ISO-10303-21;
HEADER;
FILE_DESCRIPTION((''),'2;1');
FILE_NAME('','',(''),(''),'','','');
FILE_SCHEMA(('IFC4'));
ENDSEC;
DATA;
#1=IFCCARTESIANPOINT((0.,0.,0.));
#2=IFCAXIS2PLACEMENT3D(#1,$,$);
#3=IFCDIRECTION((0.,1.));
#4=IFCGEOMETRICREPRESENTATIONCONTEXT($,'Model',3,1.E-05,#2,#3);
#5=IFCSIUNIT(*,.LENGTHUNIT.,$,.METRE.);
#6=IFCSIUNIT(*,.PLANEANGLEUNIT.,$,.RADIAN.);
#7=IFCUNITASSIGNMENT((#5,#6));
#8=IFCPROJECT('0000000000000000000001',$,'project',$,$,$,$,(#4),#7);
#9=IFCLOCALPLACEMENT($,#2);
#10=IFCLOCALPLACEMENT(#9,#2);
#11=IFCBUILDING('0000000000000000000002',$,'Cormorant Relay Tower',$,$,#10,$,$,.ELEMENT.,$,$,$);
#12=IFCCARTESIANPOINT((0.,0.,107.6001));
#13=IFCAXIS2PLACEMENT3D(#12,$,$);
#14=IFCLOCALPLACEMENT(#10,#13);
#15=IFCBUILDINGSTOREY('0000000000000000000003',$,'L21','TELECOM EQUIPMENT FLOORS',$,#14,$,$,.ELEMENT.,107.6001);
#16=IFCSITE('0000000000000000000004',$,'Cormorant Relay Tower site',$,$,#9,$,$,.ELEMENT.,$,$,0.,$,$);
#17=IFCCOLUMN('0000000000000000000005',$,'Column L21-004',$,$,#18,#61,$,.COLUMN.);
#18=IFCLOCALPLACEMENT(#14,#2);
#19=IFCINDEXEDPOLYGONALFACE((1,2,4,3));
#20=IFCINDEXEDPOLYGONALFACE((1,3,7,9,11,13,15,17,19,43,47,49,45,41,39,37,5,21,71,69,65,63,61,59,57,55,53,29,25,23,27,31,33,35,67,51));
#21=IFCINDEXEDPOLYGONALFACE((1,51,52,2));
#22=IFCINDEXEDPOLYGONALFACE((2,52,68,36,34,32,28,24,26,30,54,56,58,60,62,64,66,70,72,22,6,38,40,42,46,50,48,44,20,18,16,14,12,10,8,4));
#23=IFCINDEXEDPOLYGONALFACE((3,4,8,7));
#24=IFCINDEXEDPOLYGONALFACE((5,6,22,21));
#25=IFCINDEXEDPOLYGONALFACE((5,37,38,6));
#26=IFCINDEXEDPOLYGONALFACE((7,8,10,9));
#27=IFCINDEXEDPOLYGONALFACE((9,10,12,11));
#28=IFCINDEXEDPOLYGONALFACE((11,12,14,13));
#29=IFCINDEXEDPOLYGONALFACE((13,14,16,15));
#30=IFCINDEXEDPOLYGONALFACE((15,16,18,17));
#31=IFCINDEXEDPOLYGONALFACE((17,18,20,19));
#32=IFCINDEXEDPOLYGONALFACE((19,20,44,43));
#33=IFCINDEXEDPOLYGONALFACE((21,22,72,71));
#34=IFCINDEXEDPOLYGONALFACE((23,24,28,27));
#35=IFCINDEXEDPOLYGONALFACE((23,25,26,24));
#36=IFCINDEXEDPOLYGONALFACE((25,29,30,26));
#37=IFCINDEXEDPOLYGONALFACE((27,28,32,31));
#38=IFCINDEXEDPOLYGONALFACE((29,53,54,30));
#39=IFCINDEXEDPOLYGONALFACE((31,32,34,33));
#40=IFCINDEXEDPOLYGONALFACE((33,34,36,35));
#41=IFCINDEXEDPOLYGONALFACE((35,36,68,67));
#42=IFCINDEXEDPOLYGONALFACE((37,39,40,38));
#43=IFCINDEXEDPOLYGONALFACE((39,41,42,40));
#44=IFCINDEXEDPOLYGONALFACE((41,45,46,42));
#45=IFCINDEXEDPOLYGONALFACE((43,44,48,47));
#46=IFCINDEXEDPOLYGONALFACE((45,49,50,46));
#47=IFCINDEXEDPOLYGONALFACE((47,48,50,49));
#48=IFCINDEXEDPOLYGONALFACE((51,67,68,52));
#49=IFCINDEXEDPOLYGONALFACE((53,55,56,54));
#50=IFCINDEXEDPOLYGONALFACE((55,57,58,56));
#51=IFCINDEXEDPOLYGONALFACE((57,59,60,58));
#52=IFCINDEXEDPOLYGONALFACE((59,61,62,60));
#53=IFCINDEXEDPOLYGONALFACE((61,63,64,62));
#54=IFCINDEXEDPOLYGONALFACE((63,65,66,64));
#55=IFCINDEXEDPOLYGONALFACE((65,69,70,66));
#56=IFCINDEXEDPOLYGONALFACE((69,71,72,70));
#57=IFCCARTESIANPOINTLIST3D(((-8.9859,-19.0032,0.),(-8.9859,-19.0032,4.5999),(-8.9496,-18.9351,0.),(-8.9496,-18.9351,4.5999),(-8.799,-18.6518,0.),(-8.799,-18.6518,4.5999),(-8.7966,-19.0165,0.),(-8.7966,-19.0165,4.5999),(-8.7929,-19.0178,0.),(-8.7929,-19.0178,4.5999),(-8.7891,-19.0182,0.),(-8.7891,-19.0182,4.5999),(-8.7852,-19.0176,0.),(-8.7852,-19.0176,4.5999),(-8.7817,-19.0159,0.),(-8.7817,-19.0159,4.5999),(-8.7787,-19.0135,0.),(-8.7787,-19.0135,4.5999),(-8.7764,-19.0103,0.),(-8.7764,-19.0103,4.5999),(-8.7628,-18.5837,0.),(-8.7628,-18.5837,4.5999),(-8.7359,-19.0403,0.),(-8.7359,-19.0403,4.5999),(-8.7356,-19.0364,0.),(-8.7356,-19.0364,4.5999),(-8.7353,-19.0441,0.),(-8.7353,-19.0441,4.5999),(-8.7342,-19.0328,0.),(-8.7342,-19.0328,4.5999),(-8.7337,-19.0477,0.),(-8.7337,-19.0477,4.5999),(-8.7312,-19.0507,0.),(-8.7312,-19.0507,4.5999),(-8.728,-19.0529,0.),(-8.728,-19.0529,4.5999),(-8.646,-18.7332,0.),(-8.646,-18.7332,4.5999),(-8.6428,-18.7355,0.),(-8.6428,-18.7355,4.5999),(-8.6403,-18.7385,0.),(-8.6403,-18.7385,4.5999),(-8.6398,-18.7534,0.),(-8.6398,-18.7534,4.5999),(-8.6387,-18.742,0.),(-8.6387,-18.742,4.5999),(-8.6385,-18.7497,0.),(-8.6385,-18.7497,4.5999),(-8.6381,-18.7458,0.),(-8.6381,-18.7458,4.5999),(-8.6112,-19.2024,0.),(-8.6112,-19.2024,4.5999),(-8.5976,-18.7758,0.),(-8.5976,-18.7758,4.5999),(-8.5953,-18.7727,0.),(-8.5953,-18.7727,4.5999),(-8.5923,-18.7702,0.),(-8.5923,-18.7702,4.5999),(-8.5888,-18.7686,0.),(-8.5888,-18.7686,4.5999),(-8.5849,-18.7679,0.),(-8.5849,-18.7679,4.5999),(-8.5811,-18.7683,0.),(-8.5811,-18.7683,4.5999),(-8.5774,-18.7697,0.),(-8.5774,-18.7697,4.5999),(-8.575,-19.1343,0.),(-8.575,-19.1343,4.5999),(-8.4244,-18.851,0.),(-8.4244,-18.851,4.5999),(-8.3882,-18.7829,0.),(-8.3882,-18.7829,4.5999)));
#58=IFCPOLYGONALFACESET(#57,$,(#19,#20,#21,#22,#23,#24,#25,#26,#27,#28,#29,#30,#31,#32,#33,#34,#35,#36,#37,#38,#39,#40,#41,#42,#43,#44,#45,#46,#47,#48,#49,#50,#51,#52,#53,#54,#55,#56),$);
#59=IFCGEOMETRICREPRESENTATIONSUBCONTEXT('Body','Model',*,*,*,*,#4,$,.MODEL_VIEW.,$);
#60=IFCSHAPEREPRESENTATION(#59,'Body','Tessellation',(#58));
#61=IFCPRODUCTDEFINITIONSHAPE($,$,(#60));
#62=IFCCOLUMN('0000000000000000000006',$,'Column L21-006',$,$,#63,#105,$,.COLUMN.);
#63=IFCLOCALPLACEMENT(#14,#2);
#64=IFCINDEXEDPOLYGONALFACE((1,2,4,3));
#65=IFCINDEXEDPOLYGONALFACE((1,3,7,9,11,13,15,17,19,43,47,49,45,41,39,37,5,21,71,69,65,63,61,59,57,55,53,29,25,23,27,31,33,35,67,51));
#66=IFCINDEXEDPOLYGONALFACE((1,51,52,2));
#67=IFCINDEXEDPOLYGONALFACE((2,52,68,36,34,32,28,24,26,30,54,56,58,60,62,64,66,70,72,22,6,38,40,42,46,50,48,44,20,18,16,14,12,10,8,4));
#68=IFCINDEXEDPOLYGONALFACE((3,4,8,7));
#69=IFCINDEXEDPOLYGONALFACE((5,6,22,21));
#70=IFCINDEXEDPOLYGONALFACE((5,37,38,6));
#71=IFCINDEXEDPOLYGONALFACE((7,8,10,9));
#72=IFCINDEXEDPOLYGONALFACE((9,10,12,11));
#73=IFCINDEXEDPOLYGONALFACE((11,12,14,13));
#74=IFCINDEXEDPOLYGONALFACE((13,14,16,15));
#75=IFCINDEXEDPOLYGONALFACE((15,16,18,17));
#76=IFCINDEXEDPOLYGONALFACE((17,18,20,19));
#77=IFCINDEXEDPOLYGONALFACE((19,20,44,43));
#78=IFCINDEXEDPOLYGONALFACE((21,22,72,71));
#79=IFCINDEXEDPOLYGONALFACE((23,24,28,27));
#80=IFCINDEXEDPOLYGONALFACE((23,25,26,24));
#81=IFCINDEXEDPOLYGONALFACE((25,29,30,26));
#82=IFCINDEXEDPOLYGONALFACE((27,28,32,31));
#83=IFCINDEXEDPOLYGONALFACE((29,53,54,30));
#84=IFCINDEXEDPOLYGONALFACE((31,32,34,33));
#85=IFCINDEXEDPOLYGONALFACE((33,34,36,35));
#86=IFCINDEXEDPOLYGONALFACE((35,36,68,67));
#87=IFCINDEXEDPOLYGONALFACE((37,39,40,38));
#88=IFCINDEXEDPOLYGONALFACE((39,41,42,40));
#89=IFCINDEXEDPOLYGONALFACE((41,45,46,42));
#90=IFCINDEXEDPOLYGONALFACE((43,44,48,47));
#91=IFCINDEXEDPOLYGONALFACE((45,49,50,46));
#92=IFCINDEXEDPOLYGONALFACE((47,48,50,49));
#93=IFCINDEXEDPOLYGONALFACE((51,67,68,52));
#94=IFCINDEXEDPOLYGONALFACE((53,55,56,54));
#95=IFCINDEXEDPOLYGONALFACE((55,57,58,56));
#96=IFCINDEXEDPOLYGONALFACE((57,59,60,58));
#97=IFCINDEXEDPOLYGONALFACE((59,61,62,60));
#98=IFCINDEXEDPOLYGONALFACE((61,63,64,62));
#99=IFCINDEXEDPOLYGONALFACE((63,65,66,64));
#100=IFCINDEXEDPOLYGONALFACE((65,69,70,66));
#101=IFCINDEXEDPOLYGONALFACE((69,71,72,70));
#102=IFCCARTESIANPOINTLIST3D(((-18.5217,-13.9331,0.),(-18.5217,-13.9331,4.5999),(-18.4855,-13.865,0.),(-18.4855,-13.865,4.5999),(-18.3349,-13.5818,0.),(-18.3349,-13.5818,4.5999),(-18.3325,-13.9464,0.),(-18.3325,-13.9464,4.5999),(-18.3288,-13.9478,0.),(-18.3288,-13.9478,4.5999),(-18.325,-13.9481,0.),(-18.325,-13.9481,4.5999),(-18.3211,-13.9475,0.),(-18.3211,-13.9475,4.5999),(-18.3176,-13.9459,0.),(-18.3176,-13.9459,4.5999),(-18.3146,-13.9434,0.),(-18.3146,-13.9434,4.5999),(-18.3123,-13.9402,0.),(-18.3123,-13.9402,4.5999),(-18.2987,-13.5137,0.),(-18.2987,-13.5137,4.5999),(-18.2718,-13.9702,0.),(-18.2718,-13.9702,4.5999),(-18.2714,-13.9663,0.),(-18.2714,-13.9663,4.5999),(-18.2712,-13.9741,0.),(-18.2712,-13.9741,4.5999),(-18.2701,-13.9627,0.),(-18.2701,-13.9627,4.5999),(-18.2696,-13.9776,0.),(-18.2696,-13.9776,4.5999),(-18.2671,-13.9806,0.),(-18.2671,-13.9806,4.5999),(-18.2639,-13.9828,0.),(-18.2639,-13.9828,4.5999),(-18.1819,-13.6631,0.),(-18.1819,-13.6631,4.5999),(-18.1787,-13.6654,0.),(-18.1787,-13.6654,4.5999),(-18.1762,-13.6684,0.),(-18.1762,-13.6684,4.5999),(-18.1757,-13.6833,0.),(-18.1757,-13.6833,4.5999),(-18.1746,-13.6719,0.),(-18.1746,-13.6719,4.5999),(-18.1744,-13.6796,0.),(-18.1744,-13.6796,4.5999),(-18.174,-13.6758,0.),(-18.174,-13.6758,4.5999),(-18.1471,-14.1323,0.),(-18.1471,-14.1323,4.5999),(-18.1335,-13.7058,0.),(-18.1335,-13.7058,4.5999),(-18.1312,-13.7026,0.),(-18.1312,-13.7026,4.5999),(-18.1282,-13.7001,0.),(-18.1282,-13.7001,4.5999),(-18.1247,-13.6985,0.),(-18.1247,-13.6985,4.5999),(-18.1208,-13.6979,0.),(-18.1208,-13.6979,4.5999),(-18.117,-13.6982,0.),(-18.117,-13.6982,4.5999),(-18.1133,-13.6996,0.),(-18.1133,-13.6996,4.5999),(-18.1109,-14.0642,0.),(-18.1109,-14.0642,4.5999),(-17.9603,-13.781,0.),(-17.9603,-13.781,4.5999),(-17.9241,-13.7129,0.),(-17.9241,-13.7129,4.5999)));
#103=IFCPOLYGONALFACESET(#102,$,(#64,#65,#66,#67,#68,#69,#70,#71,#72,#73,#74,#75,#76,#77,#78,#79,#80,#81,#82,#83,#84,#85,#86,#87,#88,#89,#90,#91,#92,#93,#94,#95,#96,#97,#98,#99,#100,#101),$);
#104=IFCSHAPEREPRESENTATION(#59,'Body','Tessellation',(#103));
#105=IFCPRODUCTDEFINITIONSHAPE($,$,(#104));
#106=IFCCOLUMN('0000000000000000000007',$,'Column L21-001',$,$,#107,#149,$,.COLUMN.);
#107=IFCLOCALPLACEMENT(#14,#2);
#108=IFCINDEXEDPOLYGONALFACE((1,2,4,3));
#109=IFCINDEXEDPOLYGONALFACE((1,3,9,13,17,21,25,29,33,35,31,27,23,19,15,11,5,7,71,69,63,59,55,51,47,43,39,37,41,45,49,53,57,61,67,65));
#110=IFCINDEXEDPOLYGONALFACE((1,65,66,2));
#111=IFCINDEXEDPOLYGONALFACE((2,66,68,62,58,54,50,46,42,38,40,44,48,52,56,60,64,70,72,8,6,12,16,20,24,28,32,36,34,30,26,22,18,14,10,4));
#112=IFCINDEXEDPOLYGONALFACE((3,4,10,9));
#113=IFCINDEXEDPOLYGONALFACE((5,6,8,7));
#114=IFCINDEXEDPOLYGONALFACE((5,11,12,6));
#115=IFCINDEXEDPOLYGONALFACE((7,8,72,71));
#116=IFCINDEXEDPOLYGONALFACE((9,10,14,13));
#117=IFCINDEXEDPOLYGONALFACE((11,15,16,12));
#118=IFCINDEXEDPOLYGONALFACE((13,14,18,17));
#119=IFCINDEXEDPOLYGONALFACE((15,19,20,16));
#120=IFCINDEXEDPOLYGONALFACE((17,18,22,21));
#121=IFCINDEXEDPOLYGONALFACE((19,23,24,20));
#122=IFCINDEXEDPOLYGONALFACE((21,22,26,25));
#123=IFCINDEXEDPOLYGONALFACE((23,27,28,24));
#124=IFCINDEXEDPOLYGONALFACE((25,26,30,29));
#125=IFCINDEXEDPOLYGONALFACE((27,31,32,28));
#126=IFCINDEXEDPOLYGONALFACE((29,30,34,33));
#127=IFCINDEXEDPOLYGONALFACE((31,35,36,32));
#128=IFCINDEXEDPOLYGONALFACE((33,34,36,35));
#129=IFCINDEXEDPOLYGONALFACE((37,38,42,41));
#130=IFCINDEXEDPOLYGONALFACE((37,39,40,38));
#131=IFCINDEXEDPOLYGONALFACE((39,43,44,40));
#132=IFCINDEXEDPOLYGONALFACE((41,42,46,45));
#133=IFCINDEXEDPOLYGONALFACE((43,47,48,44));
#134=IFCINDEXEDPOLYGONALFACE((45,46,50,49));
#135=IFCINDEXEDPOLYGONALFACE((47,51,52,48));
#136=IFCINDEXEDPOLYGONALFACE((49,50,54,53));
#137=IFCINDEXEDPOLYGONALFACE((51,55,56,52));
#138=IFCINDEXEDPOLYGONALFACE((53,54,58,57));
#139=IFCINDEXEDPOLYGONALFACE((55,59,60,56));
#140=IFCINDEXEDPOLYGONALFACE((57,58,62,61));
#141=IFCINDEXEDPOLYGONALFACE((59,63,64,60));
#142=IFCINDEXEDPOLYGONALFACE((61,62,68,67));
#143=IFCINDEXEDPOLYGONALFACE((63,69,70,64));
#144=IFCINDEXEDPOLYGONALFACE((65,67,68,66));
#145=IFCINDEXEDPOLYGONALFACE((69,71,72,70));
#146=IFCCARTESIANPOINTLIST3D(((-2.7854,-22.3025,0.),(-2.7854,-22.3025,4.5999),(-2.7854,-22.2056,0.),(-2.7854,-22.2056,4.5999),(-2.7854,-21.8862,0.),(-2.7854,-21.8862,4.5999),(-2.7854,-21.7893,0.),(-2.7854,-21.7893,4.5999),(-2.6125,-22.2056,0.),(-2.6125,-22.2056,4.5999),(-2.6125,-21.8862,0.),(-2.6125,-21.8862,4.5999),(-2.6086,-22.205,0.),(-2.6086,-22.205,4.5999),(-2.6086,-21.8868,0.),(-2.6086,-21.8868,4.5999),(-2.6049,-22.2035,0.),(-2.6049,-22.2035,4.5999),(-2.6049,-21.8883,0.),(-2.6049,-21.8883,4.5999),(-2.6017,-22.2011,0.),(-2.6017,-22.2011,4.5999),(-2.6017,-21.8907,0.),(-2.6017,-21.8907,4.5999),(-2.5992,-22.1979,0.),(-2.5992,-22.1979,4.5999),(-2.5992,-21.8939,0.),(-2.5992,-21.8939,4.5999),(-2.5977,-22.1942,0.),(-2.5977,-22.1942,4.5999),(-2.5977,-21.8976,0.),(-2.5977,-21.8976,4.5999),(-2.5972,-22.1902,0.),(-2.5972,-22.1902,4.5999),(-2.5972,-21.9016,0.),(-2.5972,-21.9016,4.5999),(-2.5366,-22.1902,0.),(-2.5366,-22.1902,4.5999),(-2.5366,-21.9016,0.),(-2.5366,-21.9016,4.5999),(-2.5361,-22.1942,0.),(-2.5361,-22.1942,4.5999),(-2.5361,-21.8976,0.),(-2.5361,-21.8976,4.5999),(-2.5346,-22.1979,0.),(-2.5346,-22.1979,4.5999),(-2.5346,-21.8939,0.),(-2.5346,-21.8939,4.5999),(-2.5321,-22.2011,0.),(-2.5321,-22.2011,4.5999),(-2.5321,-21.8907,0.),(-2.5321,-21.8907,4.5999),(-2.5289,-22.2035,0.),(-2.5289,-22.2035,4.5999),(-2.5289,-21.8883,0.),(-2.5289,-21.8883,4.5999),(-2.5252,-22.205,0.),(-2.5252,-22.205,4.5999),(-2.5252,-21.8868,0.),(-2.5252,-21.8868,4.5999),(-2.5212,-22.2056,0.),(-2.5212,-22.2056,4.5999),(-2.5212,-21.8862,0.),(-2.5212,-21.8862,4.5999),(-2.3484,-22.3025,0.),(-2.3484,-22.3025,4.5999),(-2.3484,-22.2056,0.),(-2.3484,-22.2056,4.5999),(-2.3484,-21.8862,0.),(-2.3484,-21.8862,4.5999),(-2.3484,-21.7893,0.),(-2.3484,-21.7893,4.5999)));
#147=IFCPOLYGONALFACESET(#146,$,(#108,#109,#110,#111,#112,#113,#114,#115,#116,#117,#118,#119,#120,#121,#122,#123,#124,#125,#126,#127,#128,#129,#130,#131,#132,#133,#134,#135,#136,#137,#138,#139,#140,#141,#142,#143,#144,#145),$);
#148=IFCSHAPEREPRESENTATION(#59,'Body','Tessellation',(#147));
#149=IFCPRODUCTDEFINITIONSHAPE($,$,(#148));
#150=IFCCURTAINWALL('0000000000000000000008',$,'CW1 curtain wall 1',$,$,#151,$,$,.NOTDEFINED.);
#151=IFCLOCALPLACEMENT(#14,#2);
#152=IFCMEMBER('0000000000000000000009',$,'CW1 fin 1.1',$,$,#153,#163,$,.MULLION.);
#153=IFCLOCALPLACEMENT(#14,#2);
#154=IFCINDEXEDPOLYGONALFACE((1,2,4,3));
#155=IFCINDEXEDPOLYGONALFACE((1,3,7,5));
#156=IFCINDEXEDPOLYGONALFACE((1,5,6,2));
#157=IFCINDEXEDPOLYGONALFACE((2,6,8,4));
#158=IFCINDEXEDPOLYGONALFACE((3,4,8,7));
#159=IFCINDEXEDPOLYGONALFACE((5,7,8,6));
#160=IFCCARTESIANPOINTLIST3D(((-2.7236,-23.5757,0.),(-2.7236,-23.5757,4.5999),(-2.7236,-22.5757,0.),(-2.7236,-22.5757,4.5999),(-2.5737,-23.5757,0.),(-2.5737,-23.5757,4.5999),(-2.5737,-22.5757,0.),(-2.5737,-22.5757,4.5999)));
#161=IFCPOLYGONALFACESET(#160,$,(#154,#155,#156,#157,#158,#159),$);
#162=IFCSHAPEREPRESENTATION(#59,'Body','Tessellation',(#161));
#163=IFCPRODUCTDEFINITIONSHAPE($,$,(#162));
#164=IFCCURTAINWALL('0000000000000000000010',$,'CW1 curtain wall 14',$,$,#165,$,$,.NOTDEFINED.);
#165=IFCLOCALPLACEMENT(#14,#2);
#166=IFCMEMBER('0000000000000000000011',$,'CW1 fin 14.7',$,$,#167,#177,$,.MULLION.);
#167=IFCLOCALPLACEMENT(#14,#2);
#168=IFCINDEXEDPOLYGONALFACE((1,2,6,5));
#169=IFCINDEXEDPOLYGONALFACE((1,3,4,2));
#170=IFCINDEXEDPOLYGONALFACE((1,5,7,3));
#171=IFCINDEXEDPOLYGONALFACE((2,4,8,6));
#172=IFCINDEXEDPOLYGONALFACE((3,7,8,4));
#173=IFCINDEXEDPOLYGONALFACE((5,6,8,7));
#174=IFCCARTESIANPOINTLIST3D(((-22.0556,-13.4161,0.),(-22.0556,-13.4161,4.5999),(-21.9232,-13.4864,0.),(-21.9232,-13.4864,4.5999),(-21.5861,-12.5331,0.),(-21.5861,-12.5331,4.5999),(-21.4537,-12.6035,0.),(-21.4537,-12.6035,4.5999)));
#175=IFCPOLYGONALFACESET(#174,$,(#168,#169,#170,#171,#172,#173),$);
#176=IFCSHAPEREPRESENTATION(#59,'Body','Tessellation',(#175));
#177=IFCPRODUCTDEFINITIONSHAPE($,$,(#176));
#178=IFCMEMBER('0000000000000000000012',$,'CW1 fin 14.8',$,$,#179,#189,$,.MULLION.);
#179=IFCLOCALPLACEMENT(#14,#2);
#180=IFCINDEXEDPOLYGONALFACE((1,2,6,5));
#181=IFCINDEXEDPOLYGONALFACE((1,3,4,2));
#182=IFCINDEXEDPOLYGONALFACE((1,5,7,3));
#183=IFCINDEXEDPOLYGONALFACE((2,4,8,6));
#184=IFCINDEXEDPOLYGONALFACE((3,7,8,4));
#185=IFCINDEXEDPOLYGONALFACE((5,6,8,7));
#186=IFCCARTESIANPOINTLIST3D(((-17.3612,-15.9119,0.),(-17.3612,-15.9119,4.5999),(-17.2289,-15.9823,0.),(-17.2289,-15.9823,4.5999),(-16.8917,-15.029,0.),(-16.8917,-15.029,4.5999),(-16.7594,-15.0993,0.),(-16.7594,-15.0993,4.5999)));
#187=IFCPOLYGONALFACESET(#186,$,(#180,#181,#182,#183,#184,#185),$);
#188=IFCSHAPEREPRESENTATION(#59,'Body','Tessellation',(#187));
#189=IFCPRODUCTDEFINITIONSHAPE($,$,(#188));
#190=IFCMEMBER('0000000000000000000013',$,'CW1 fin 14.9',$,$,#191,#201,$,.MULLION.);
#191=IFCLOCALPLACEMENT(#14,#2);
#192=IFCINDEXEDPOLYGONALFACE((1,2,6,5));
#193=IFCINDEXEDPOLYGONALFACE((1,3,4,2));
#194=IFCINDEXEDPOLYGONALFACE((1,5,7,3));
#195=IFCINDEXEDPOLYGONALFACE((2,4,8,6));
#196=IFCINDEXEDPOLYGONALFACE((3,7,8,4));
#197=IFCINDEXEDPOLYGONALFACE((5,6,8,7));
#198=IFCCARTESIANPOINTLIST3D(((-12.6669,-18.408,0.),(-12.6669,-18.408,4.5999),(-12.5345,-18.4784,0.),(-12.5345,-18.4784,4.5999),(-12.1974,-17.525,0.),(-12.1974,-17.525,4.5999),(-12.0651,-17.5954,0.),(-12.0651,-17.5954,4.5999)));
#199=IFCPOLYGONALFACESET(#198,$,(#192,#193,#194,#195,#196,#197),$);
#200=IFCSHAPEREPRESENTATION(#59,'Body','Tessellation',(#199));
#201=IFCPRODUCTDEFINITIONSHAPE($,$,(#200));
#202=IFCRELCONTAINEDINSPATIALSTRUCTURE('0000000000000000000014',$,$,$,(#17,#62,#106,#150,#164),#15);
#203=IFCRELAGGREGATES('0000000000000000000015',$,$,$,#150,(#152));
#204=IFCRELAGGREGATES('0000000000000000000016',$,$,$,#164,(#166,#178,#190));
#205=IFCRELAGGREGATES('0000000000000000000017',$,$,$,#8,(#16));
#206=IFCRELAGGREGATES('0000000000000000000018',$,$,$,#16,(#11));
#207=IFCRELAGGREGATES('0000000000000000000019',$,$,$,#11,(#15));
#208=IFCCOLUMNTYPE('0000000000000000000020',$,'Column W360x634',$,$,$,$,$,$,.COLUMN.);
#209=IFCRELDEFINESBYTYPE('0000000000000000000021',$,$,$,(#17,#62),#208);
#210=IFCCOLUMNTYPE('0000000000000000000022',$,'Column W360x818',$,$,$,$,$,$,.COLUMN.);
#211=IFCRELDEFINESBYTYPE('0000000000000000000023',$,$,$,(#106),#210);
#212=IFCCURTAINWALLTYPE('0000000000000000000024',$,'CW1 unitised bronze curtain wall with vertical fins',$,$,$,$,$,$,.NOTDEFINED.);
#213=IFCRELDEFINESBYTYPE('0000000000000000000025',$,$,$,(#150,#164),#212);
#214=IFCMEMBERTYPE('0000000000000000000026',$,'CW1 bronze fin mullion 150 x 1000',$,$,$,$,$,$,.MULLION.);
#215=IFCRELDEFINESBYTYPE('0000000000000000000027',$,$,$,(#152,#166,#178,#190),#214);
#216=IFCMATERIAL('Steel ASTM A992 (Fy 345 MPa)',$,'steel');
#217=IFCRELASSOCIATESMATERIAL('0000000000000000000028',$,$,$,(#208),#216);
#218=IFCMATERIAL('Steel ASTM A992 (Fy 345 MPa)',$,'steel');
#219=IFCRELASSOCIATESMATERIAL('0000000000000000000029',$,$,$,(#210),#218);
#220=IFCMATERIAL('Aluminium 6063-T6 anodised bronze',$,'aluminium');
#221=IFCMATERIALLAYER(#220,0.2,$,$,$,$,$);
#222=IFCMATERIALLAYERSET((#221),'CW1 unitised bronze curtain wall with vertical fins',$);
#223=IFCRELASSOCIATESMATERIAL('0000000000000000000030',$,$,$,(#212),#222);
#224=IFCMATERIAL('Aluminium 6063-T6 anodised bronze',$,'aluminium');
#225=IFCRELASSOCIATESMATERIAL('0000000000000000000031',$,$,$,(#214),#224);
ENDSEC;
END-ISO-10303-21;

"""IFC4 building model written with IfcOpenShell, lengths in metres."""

from ifc_helpers import new_model, si_unit, direction, frame, origin, origin_2d, place, context, subcontext, project, spatial, rectangle, i_section, extrude, material, layer, layer_set, material_profile, profile_set, type_object, element, aggregate, save


model = new_model("IFC4")

# Units and contexts
model_context = context("Model", 3, precision=1e-05, world=origin(), true_north=direction((0.0, 1.0)))
body_context = subcontext(model_context, "Body", "Model", "MODEL_VIEW")
ifc_project = project(units=[si_unit("LENGTHUNIT", "METRE"), si_unit("PLANEANGLEUNIT", "RADIAN")], contexts=[model_context])

# Site, building, storey
site_placement = place(None, origin())
site = spatial("IfcSite", under=ifc_project, at=site_placement, Name="Cormorant Relay Tower site", CompositionType="ELEMENT", RefElevation=0.0)
building_placement = place(site_placement, origin())
building = spatial("IfcBuilding", under=site, at=building_placement, Name="Cormorant Relay Tower", CompositionType="ELEMENT")
storey_placement = place(building_placement, frame((0.0, 0.0, 107.6001)))
storey = spatial("IfcBuildingStorey", under=building, at=storey_placement, Name="L21", Description="TELECOM EQUIPMENT FLOORS", CompositionType="ELEMENT", Elevation=107.6001)

# Columns
ifc_material_1 = material(Name="Steel ASTM A992 (Fy 345 MPa)", Category="steel")
ifc_material_profile_1 = material_profile(ifc_material_1, i_section(OverallWidth=0.4243, OverallDepth=0.4751, WebThickness=0.0479, FlangeThickness=0.0771, FilletRadius=0.0149, at=origin_2d()), Name="W360x634")
ifc_profile_set_1 = profile_set([ifc_material_profile_1], Name="Steel ASTM A992 (Fy 345 MPa)")
column_type_1 = type_object("IfcColumnType", Name="Column W360x634", PredefinedType="COLUMN", material=ifc_profile_set_1)
for number, where, z_axis, x_axis, name in (
    (1, (-8.687, -18.8931, 0.0), (0.0, 0.0, 1.0), (0.882948, -0.469472, 0.0), "Column L21-004"),
    (2, (-18.2229, -13.823, 0.0), (0.0, 0.0, 1.0), (0.882948, -0.469472, 0.0), "Column L21-006"),
):
    element("IfcColumn", number, at=place(storey_placement, frame(where, z_axis=z_axis, x_axis=x_axis)), inside=storey, type_object=column_type_1, Name=name, PredefinedType="COLUMN", context=body_context, shape_type="SweptSolid", body=[
        extrude(i_section(OverallWidth=0.4243, OverallDepth=0.4751, WebThickness=0.0479, FlangeThickness=0.0771, FilletRadius=0.0149, at=origin_2d()), origin(), (0.0, 0.0, 1.0), 4.5999),
    ])
ifc_material_2 = material(Name="Steel ASTM A992 (Fy 345 MPa)", Category="steel")
ifc_material_profile_2 = material_profile(ifc_material_2, i_section(OverallWidth=0.437, OverallDepth=0.5132, WebThickness=0.0605, FlangeThickness=0.0969, FilletRadius=0.0154, at=origin_2d()), Name="W360x818")
ifc_profile_set_2 = profile_set([ifc_material_profile_2], Name="Steel ASTM A992 (Fy 345 MPa)")
column_type_2 = type_object("IfcColumnType", Name="Column W360x818", PredefinedType="COLUMN", material=ifc_profile_set_2)
column_placement = place(storey_placement, frame((-2.5669, -22.0459, 0.0), z_axis=(0.0, 0.0, 1.0), x_axis=(1.0, 0.0, 0.0)))
element("IfcColumn", 3, at=column_placement, inside=storey, type_object=column_type_2, Name="Column L21-001", PredefinedType="COLUMN", context=body_context, shape_type="SweptSolid", body=[
    extrude(i_section(OverallWidth=0.437, OverallDepth=0.5132, WebThickness=0.0605, FlangeThickness=0.0969, FilletRadius=0.0154, at=origin_2d()), origin(), (0.0, 0.0, 1.0), 4.5999),
])

# Curtain wall, member
ifc_material_3 = material(Name="Aluminium 6063-T6 anodised bronze", Category="aluminium")
ifc_layer_1 = layer(ifc_material_3, 0.2)
ifc_layer_set_1 = layer_set([ifc_layer_1], Name="CW1 unitised bronze curtain wall with vertical fins")
curtain_wall_type = type_object("IfcCurtainWallType", Name="CW1 unitised bronze curtain wall with vertical fins", PredefinedType="NOTDEFINED", material=ifc_layer_set_1)
curtain_wall_1_placement = place(storey_placement, origin())
curtain_wall_1 = element("IfcCurtainWall", 4, at=curtain_wall_1_placement, inside=storey, type_object=curtain_wall_type, Name="CW1 curtain wall 1", PredefinedType="NOTDEFINED")
ifc_material_4 = material(Name="Aluminium 6063-T6 anodised bronze", Category="aluminium")
ifc_material_profile_3 = material_profile(ifc_material_4, rectangle(XDim=0.1499, YDim=1.0, at=origin_2d()), Name="AL 150x1000")
ifc_profile_set_3 = profile_set([ifc_material_profile_3], Name="Aluminium 6063-T6 anodised bronze")
member_type_1 = type_object("IfcMemberType", Name="CW1 bronze fin mullion 150 x 1000", PredefinedType="MULLION", material=ifc_profile_set_3)
member_1_placement = place(storey_placement, frame((-2.6487, -23.0757, 0.0), z_axis=(0.0, 0.0, 1.0), x_axis=(1.0, 0.0, 0.0)))
member_1 = element("IfcMember", 5, at=member_1_placement, type_object=member_type_1, Name="CW1 fin 1.1", PredefinedType="MULLION", context=body_context, shape_type="SweptSolid", body=[
    extrude(rectangle(XDim=0.1499, YDim=1.0, at=origin_2d()), origin(), (0.0, 0.0, 1.0), 4.5999),
])

# Curtain wall, members
curtain_wall_2_placement = place(storey_placement, origin())
curtain_wall_2 = element("IfcCurtainWall", 6, at=curtain_wall_2_placement, inside=storey, type_object=curtain_wall_type, Name="CW1 curtain wall 14", PredefinedType="NOTDEFINED")
member_2_placement = place(storey_placement, frame((-21.7546, -13.0098, 0.0), z_axis=(0.0, 0.0, 1.0), x_axis=(0.882948, -0.469472, 0.0)))
member_2 = element("IfcMember", 7, at=member_2_placement, type_object=member_type_1, Name="CW1 fin 14.7", PredefinedType="MULLION", context=body_context, shape_type="SweptSolid", body=[
    extrude(rectangle(XDim=0.1499, YDim=1.0, at=origin_2d()), origin(), (0.0, 0.0, 1.0), 4.5999),
])
member_3_placement = place(storey_placement, frame((-17.0603, -15.5056, 0.0), z_axis=(0.0, 0.0, 1.0), x_axis=(0.882948, -0.469472, 0.0)))
member_3 = element("IfcMember", 8, at=member_3_placement, type_object=member_type_1, Name="CW1 fin 14.8", PredefinedType="MULLION", context=body_context, shape_type="SweptSolid", body=[
    extrude(rectangle(XDim=0.1499, YDim=1.0, at=origin_2d()), origin(), (0.0, 0.0, 1.0), 4.5999),
])
member_4_placement = place(storey_placement, frame((-12.366, -18.0017, 0.0), z_axis=(0.0, 0.0, 1.0), x_axis=(0.882948, -0.469472, 0.0)))
member_4 = element("IfcMember", 9, at=member_4_placement, type_object=member_type_1, Name="CW1 fin 14.9", PredefinedType="MULLION", context=body_context, shape_type="SweptSolid", body=[
    extrude(rectangle(XDim=0.1499, YDim=1.0, at=origin_2d()), origin(), (0.0, 0.0, 1.0), 4.5999),
])

aggregate(curtain_wall_1, [member_1])
aggregate(curtain_wall_2, [member_2, member_3, member_4])

save(model, "model.ifc")
